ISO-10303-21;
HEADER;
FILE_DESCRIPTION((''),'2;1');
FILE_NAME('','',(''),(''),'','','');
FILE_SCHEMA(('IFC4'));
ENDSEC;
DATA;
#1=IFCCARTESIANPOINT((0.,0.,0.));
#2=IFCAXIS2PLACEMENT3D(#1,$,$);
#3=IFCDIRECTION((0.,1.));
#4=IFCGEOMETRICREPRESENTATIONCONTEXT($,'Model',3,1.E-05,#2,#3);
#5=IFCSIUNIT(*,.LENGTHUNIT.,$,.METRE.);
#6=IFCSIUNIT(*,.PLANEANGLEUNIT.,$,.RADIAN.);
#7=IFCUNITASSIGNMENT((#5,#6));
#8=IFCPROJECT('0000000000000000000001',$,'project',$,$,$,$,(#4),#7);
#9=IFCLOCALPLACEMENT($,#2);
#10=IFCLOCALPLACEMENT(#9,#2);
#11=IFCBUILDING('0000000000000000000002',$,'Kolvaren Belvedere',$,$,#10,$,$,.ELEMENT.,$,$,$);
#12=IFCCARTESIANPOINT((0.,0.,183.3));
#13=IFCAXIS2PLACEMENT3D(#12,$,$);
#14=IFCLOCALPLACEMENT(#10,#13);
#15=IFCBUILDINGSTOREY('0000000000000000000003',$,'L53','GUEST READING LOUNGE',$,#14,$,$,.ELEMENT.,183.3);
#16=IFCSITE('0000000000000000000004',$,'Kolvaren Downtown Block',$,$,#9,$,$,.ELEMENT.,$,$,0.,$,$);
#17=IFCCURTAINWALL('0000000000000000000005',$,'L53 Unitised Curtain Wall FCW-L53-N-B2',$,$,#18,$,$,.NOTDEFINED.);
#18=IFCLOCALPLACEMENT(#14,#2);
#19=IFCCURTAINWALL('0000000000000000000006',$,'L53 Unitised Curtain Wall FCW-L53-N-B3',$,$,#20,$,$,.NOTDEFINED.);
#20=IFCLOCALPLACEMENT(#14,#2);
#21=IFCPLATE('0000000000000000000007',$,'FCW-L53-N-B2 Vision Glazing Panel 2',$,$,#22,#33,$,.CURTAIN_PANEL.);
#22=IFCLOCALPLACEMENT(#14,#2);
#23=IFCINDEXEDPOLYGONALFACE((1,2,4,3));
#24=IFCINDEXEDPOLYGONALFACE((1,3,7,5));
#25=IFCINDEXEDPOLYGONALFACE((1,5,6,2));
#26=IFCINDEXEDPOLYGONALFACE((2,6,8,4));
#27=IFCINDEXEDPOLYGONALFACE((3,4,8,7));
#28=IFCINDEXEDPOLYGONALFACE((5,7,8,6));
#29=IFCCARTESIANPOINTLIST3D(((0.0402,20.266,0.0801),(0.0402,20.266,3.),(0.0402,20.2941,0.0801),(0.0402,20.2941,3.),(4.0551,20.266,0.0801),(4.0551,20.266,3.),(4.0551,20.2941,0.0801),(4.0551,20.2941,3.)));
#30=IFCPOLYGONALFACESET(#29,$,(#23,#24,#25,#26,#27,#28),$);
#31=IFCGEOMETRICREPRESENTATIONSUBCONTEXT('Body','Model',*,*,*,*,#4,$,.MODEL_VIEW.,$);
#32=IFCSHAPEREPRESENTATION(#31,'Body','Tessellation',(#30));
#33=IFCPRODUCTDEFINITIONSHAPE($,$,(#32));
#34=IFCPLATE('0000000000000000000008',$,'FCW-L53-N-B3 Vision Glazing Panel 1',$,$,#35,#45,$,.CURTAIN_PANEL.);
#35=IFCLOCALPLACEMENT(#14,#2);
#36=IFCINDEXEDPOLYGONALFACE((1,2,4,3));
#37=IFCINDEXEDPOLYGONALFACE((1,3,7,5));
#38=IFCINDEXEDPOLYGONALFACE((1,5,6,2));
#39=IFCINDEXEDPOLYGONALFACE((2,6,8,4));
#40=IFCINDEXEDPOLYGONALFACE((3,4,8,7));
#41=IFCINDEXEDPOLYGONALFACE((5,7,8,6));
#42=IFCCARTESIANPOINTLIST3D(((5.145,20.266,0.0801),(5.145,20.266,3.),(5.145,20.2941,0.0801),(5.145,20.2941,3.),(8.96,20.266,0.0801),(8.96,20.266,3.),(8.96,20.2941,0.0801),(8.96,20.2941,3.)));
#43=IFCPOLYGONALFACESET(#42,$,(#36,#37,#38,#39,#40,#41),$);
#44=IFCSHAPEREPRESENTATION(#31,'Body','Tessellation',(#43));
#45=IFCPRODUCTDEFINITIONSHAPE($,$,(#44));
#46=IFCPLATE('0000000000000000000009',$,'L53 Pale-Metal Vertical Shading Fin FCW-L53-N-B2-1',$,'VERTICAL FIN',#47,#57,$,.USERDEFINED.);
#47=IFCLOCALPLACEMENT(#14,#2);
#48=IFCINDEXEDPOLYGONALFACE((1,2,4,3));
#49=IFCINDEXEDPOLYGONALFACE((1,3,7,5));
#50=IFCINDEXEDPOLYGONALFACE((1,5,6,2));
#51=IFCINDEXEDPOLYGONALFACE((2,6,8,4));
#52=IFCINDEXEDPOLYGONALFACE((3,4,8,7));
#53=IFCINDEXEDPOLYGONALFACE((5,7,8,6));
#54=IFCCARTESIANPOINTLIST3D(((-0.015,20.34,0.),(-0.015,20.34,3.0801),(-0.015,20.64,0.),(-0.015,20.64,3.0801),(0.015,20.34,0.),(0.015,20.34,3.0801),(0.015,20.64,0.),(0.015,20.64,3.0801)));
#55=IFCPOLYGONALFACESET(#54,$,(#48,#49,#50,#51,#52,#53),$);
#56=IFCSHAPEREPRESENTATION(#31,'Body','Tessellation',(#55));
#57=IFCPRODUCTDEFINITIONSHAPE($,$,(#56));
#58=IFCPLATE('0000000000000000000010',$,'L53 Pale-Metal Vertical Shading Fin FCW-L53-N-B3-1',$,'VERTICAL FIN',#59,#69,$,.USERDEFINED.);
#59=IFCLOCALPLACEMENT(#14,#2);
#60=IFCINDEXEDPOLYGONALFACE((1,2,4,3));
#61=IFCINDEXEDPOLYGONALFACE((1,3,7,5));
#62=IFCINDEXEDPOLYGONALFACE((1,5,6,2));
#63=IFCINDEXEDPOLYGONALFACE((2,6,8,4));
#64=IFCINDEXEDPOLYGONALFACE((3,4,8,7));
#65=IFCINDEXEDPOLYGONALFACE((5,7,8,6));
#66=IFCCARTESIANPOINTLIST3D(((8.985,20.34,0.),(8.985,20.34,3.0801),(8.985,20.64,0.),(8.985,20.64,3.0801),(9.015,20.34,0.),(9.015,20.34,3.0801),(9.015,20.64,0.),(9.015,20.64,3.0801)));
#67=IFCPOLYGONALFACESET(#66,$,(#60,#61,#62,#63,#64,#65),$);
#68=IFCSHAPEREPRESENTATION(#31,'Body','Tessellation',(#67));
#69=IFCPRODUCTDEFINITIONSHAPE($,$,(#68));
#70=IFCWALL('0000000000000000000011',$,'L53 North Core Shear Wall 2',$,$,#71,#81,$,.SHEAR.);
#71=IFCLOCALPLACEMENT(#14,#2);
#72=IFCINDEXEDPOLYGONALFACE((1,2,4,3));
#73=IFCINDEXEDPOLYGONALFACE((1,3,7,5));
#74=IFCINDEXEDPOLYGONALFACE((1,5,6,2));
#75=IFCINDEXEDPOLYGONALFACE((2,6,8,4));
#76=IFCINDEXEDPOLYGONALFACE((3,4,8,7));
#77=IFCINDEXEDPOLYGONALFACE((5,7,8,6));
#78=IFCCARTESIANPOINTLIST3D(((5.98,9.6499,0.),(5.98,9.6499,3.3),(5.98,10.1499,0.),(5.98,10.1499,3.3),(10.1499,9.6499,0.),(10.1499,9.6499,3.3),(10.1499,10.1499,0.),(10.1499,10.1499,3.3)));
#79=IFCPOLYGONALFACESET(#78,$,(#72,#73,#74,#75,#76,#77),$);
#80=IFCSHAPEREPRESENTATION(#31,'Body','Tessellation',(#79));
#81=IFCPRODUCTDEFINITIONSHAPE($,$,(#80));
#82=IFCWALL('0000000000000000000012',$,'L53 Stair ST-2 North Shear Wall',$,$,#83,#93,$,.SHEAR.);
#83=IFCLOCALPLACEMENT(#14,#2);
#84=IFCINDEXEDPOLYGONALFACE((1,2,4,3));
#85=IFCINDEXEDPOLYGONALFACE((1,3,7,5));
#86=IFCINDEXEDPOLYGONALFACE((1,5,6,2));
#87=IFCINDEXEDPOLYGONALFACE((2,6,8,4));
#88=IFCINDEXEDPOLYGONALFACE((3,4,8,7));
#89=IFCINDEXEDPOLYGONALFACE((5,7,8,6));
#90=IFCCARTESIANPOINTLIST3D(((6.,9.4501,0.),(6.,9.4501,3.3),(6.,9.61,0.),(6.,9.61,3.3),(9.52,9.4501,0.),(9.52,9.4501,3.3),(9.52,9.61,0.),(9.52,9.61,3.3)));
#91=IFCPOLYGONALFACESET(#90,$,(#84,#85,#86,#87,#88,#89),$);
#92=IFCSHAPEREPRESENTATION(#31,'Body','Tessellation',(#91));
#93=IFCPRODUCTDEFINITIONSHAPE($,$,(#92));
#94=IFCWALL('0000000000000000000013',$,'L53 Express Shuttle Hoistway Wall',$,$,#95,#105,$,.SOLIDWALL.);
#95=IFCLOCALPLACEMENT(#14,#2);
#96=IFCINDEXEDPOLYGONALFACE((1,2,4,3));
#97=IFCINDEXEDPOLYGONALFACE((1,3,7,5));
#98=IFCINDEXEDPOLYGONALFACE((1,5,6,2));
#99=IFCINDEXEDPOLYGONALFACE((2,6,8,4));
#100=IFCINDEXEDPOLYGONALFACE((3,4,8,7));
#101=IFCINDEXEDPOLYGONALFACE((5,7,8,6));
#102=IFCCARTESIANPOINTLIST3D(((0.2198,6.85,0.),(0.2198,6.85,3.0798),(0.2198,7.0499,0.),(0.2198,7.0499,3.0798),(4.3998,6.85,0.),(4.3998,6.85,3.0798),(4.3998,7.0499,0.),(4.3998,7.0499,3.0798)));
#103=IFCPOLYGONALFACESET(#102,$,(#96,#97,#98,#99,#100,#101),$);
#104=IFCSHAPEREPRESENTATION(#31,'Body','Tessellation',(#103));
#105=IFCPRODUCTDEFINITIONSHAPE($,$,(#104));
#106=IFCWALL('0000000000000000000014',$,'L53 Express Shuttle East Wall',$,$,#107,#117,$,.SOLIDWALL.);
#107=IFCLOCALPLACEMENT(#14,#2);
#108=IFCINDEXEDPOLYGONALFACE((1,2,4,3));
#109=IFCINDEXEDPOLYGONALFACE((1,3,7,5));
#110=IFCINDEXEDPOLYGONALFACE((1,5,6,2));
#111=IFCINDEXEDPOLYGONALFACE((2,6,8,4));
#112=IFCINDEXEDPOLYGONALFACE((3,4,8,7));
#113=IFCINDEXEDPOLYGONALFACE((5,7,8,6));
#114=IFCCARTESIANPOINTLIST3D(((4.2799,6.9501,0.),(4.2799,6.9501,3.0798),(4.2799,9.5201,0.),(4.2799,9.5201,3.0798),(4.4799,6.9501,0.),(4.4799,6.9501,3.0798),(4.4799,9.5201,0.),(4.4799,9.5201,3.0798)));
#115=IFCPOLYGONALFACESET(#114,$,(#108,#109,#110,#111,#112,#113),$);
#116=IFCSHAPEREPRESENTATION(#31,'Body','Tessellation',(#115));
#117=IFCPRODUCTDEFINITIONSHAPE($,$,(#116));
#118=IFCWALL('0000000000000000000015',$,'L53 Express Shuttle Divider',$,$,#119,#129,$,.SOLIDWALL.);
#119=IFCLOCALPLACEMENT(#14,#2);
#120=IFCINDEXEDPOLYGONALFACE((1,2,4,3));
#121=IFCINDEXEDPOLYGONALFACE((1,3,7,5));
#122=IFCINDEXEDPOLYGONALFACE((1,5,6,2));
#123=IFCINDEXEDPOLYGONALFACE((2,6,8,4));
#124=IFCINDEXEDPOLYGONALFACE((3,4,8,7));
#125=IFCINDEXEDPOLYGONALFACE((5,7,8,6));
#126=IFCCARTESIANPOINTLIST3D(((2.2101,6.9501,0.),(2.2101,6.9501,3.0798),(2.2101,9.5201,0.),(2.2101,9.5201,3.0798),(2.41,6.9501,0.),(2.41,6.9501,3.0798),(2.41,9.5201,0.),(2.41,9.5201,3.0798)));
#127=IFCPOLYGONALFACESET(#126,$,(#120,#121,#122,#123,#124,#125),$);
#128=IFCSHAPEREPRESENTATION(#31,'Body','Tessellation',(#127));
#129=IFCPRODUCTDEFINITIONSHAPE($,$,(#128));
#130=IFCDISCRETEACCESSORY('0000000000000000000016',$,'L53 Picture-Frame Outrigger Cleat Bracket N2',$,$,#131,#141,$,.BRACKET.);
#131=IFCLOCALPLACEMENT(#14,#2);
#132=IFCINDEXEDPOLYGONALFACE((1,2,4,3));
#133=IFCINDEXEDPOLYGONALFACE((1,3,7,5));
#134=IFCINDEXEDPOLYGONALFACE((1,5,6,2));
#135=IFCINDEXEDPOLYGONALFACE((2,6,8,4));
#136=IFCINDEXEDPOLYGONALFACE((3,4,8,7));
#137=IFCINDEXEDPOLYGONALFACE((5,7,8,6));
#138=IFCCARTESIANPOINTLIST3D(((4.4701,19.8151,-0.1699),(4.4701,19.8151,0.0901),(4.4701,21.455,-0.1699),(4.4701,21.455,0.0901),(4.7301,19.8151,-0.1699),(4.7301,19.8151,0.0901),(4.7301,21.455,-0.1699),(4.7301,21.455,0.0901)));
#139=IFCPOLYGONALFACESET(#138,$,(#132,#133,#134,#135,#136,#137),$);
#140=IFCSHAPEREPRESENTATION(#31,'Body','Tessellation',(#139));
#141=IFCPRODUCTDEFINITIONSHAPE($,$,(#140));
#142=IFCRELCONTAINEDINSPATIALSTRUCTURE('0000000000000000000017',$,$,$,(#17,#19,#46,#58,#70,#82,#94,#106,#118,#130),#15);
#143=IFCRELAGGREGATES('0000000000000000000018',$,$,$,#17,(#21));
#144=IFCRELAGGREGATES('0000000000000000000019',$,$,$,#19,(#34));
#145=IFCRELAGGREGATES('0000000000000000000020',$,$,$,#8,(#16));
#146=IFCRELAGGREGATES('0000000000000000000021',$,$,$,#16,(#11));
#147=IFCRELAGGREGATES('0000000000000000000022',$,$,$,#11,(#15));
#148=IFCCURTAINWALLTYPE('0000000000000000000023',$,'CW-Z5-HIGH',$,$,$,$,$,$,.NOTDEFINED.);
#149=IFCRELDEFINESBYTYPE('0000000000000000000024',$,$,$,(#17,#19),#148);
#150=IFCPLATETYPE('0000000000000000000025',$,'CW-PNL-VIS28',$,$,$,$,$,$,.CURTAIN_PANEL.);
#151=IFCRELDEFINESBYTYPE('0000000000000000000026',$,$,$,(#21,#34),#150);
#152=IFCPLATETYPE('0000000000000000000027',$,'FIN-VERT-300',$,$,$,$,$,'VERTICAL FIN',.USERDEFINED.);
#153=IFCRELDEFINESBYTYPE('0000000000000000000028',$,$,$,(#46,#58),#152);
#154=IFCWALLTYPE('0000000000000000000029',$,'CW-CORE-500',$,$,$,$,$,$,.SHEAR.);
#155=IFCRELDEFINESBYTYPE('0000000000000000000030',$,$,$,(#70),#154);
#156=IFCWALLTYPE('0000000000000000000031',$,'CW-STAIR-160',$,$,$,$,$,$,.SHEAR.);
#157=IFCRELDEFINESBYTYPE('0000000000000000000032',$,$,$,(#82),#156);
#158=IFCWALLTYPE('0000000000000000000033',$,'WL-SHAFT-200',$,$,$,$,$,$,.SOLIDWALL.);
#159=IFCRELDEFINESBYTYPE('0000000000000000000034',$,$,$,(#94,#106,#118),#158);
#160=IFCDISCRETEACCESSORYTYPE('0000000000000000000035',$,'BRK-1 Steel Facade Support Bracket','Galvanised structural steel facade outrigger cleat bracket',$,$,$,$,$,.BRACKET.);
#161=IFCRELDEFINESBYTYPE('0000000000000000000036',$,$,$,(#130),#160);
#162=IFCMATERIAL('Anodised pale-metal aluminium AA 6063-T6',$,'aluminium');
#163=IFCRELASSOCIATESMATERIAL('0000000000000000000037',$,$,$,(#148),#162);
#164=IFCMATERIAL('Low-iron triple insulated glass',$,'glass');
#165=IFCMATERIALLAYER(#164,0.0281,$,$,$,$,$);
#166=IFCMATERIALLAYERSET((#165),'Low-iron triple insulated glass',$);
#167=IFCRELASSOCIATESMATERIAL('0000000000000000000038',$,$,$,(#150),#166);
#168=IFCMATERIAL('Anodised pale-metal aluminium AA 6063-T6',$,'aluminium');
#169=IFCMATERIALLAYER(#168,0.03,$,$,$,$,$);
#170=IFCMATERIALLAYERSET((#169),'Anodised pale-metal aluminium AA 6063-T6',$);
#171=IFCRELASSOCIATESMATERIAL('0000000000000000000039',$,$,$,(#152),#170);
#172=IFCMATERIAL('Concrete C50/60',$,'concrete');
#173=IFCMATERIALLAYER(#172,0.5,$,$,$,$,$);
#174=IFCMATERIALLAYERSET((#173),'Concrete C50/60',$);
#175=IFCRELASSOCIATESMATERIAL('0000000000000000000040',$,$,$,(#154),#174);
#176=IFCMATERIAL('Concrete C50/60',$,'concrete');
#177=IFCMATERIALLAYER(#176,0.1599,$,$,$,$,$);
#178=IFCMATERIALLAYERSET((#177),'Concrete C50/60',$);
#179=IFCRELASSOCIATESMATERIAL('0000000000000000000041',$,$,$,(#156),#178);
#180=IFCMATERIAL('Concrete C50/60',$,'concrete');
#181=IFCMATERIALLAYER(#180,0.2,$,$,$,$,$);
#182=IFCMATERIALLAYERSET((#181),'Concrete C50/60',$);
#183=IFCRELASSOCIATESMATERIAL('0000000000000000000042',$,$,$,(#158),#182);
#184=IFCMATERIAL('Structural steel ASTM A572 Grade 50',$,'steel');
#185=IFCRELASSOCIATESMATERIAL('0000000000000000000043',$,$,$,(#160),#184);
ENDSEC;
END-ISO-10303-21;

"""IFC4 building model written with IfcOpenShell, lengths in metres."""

from ifc_helpers import new_model, si_unit, direction, frame, frame_2d, origin, origin_2d, place, context, subcontext, project, spatial, rectangle, extrude, material, layer, layer_set, type_object, element, aggregate, save


model = new_model("IFC4")

# Units and contexts
model_context = context("Model", 3, precision=1e-05, world=origin(), true_north=direction((0.0, 1.0)))
body_context = subcontext(model_context, "Body", "Model", "MODEL_VIEW")
ifc_project = project(units=[si_unit("LENGTHUNIT", "METRE"), si_unit("PLANEANGLEUNIT", "RADIAN")], contexts=[model_context])

# Site, building, storey
site_placement = place(None, origin())
site = spatial("IfcSite", under=ifc_project, at=site_placement, Name="Kolvaren Downtown Block", CompositionType="ELEMENT", RefElevation=0.0)
building_placement = place(site_placement, origin())
building = spatial("IfcBuilding", under=site, at=building_placement, Name="Kolvaren Belvedere", CompositionType="ELEMENT")
storey_placement = place(building_placement, frame((0.0, 0.0, 183.3)))
storey = spatial("IfcBuildingStorey", under=building, at=storey_placement, Name="L53", Description="GUEST READING LOUNGE", CompositionType="ELEMENT", Elevation=183.3)

# Curtain walls
ifc_material_1 = material(Name="Anodised pale-metal aluminium AA 6063-T6", Category="aluminium")
curtain_wall_type = type_object("IfcCurtainWallType", Name="CW-Z5-HIGH", PredefinedType="NOTDEFINED", material=ifc_material_1)
curtain_wall_1_placement = place(storey_placement, origin())
curtain_wall_1 = element("IfcCurtainWall", 1, at=curtain_wall_1_placement, inside=storey, type_object=curtain_wall_type, Name="L53 Unitised Curtain Wall FCW-L53-N-B2", PredefinedType="NOTDEFINED")
curtain_wall_2_placement = place(storey_placement, origin())
curtain_wall_2 = element("IfcCurtainWall", 2, at=curtain_wall_2_placement, inside=storey, type_object=curtain_wall_type, Name="L53 Unitised Curtain Wall FCW-L53-N-B3", PredefinedType="NOTDEFINED")

# Plates
ifc_material_2 = material(Name="Low-iron triple insulated glass", Category="glass")
ifc_layer_1 = layer(ifc_material_2, 0.0281)
ifc_layer_set_1 = layer_set([ifc_layer_1], Name="Low-iron triple insulated glass")
plate_type_1 = type_object("IfcPlateType", Name="CW-PNL-VIS28", PredefinedType="CURTAIN_PANEL", material=ifc_layer_set_1)
plate_1_placement = place(storey_placement, frame((2.0476, 20.28, 0.0801), z_axis=(0.0, 0.0, 1.0), x_axis=(1.0, 0.0, 0.0)))
plate_1 = element("IfcPlate", 3, at=plate_1_placement, type_object=plate_type_1, Name="FCW-L53-N-B2 Vision Glazing Panel 2", PredefinedType="CURTAIN_PANEL", context=body_context, shape_type="SweptSolid", body=[
    extrude(rectangle(XDim=4.0149, YDim=0.0281, at=origin_2d()), origin(), (0.0, 0.0, 1.0), 2.9199),
])
aggregate(curtain_wall_1, [plate_1])
plate_2_placement = place(storey_placement, frame((7.0525, 20.28, 0.0801), z_axis=(0.0, 0.0, 1.0), x_axis=(1.0, 0.0, 0.0)))
plate_2 = element("IfcPlate", 4, at=plate_2_placement, type_object=plate_type_1, Name="FCW-L53-N-B3 Vision Glazing Panel 1", PredefinedType="CURTAIN_PANEL", context=body_context, shape_type="SweptSolid", body=[
    extrude(rectangle(XDim=3.8149, YDim=0.0281, at=origin_2d()), origin(), (0.0, 0.0, 1.0), 2.9199),
])
aggregate(curtain_wall_2, [plate_2])

# Plates
ifc_material_3 = material(Name="Anodised pale-metal aluminium AA 6063-T6", Category="aluminium")
ifc_layer_2 = layer(ifc_material_3, 0.03)
ifc_layer_set_2 = layer_set([ifc_layer_2], Name="Anodised pale-metal aluminium AA 6063-T6")
plate_type_2 = type_object("IfcPlateType", Name="FIN-VERT-300", ElementType="VERTICAL FIN", PredefinedType="USERDEFINED", material=ifc_layer_set_2)
for number, where, z_axis, x_axis, name in (
    (5, (0.0, 20.49, 0.0), (0.0, 0.0, 1.0), (0.0, 1.0, 0.0), "L53 Pale-Metal Vertical Shading Fin FCW-L53-N-B2-1"),
    (6, (9.0, 20.49, 0.0), (0.0, 0.0, 1.0), (0.0, 1.0, 0.0), "L53 Pale-Metal Vertical Shading Fin FCW-L53-N-B3-1"),
):
    element("IfcPlate", number, at=place(storey_placement, frame(where, z_axis=z_axis, x_axis=x_axis)), inside=storey, type_object=plate_type_2, Name=name, ObjectType="VERTICAL FIN", PredefinedType="USERDEFINED", context=body_context, shape_type="SweptSolid", body=[
        extrude(rectangle(XDim=0.3, YDim=0.03, at=origin_2d()), origin(), (0.0, 0.0, 1.0), 3.0801),
    ])

# Walls
ifc_material_4 = material(Name="Concrete C50/60", Category="concrete")
ifc_layer_3 = layer(ifc_material_4, 0.5)
ifc_layer_set_3 = layer_set([ifc_layer_3], Name="Concrete C50/60")
wall_type_1 = type_object("IfcWallType", Name="CW-CORE-500", PredefinedType="SHEAR", material=ifc_layer_set_3)
wall_1_placement = place(storey_placement, frame((5.98, 9.8999, 0.0), z_axis=(0.0, 0.0, 1.0), x_axis=(1.0, 0.0, 0.0)))
element("IfcWall", 7, at=wall_1_placement, inside=storey, type_object=wall_type_1, Name="L53 North Core Shear Wall 2", PredefinedType="SHEAR", context=body_context, shape_type="SweptSolid", body=[
    extrude(rectangle(XDim=4.1699, YDim=0.5, at=frame_2d((2.085, 0.0))), origin(), (0.0, 0.0, 1.0), 3.3),
])
ifc_material_5 = material(Name="Concrete C50/60", Category="concrete")
ifc_layer_4 = layer(ifc_material_5, 0.1599)
ifc_layer_set_4 = layer_set([ifc_layer_4], Name="Concrete C50/60")
wall_type_2 = type_object("IfcWallType", Name="CW-STAIR-160", PredefinedType="SHEAR", material=ifc_layer_set_4)
wall_2_placement = place(storey_placement, frame((6.0, 9.53, 0.0), z_axis=(0.0, 0.0, 1.0), x_axis=(1.0, 0.0, 0.0)))
element("IfcWall", 8, at=wall_2_placement, inside=storey, type_object=wall_type_2, Name="L53 Stair ST-2 North Shear Wall", PredefinedType="SHEAR", context=body_context, shape_type="SweptSolid", body=[
    extrude(rectangle(XDim=3.52, YDim=0.1599, at=frame_2d((1.76, 0.0))), origin(), (0.0, 0.0, 1.0), 3.3),
])
ifc_material_6 = material(Name="Concrete C50/60", Category="concrete")
ifc_layer_5 = layer(ifc_material_6, 0.2)
ifc_layer_set_5 = layer_set([ifc_layer_5], Name="Concrete C50/60")
wall_type_3 = type_object("IfcWallType", Name="WL-SHAFT-200", PredefinedType="SOLIDWALL", material=ifc_layer_set_5)
wall_3_placement = place(storey_placement, frame((0.22, 6.95, 0.0), z_axis=(0.0, 0.0, 1.0), x_axis=(1.0, 0.0, 0.0)))
element("IfcWall", 9, at=wall_3_placement, inside=storey, type_object=wall_type_3, Name="L53 Express Shuttle Hoistway Wall", PredefinedType="SOLIDWALL", context=body_context, shape_type="SweptSolid", body=[
    extrude(rectangle(XDim=4.1799, YDim=0.2, at=frame_2d((2.0898, 0.0))), origin(), (0.0, 0.0, 1.0), 3.0798),
])
for number, where, z_axis, x_axis, name in (
    (10, (4.3799, 6.95, 0.0), (0.0, 0.0, 1.0), (0.0, 1.0, 0.0), "L53 Express Shuttle East Wall"),
    (11, (2.3101, 6.95, 0.0), (0.0, 0.0, 1.0), (0.0, 1.0, 0.0), "L53 Express Shuttle Divider"),
):
    element("IfcWall", number, at=place(storey_placement, frame(where, z_axis=z_axis, x_axis=x_axis)), inside=storey, type_object=wall_type_3, Name=name, PredefinedType="SOLIDWALL", context=body_context, shape_type="SweptSolid", body=[
        extrude(rectangle(XDim=2.5701, YDim=0.2, at=frame_2d((1.2852, 0.0))), origin(), (0.0, 0.0, 1.0), 3.0798),
    ])

# Discrete accessory
ifc_material_7 = material(Name="Structural steel ASTM A572 Grade 50", Category="steel")
discrete_accessory_type = type_object("IfcDiscreteAccessoryType", Name="BRK-1 Steel Facade Support Bracket", Description="Galvanised structural steel facade outrigger cleat bracket", PredefinedType="BRACKET", material=ifc_material_7)
discrete_accessory_placement = place(storey_placement, frame((4.6001, 20.635, -0.1699), z_axis=(0.0, 0.0, 1.0), x_axis=(0.0, 1.0, 0.0)))
element("IfcDiscreteAccessory", 12, at=discrete_accessory_placement, inside=storey, type_object=discrete_accessory_type, Name="L53 Picture-Frame Outrigger Cleat Bracket N2", PredefinedType="BRACKET", context=body_context, shape_type="SweptSolid", body=[
    extrude(rectangle(XDim=1.6399, YDim=0.26, at=origin_2d()), origin(), (0.0, 0.0, 1.0), 0.26),
])

save(model, "model.ifc")
